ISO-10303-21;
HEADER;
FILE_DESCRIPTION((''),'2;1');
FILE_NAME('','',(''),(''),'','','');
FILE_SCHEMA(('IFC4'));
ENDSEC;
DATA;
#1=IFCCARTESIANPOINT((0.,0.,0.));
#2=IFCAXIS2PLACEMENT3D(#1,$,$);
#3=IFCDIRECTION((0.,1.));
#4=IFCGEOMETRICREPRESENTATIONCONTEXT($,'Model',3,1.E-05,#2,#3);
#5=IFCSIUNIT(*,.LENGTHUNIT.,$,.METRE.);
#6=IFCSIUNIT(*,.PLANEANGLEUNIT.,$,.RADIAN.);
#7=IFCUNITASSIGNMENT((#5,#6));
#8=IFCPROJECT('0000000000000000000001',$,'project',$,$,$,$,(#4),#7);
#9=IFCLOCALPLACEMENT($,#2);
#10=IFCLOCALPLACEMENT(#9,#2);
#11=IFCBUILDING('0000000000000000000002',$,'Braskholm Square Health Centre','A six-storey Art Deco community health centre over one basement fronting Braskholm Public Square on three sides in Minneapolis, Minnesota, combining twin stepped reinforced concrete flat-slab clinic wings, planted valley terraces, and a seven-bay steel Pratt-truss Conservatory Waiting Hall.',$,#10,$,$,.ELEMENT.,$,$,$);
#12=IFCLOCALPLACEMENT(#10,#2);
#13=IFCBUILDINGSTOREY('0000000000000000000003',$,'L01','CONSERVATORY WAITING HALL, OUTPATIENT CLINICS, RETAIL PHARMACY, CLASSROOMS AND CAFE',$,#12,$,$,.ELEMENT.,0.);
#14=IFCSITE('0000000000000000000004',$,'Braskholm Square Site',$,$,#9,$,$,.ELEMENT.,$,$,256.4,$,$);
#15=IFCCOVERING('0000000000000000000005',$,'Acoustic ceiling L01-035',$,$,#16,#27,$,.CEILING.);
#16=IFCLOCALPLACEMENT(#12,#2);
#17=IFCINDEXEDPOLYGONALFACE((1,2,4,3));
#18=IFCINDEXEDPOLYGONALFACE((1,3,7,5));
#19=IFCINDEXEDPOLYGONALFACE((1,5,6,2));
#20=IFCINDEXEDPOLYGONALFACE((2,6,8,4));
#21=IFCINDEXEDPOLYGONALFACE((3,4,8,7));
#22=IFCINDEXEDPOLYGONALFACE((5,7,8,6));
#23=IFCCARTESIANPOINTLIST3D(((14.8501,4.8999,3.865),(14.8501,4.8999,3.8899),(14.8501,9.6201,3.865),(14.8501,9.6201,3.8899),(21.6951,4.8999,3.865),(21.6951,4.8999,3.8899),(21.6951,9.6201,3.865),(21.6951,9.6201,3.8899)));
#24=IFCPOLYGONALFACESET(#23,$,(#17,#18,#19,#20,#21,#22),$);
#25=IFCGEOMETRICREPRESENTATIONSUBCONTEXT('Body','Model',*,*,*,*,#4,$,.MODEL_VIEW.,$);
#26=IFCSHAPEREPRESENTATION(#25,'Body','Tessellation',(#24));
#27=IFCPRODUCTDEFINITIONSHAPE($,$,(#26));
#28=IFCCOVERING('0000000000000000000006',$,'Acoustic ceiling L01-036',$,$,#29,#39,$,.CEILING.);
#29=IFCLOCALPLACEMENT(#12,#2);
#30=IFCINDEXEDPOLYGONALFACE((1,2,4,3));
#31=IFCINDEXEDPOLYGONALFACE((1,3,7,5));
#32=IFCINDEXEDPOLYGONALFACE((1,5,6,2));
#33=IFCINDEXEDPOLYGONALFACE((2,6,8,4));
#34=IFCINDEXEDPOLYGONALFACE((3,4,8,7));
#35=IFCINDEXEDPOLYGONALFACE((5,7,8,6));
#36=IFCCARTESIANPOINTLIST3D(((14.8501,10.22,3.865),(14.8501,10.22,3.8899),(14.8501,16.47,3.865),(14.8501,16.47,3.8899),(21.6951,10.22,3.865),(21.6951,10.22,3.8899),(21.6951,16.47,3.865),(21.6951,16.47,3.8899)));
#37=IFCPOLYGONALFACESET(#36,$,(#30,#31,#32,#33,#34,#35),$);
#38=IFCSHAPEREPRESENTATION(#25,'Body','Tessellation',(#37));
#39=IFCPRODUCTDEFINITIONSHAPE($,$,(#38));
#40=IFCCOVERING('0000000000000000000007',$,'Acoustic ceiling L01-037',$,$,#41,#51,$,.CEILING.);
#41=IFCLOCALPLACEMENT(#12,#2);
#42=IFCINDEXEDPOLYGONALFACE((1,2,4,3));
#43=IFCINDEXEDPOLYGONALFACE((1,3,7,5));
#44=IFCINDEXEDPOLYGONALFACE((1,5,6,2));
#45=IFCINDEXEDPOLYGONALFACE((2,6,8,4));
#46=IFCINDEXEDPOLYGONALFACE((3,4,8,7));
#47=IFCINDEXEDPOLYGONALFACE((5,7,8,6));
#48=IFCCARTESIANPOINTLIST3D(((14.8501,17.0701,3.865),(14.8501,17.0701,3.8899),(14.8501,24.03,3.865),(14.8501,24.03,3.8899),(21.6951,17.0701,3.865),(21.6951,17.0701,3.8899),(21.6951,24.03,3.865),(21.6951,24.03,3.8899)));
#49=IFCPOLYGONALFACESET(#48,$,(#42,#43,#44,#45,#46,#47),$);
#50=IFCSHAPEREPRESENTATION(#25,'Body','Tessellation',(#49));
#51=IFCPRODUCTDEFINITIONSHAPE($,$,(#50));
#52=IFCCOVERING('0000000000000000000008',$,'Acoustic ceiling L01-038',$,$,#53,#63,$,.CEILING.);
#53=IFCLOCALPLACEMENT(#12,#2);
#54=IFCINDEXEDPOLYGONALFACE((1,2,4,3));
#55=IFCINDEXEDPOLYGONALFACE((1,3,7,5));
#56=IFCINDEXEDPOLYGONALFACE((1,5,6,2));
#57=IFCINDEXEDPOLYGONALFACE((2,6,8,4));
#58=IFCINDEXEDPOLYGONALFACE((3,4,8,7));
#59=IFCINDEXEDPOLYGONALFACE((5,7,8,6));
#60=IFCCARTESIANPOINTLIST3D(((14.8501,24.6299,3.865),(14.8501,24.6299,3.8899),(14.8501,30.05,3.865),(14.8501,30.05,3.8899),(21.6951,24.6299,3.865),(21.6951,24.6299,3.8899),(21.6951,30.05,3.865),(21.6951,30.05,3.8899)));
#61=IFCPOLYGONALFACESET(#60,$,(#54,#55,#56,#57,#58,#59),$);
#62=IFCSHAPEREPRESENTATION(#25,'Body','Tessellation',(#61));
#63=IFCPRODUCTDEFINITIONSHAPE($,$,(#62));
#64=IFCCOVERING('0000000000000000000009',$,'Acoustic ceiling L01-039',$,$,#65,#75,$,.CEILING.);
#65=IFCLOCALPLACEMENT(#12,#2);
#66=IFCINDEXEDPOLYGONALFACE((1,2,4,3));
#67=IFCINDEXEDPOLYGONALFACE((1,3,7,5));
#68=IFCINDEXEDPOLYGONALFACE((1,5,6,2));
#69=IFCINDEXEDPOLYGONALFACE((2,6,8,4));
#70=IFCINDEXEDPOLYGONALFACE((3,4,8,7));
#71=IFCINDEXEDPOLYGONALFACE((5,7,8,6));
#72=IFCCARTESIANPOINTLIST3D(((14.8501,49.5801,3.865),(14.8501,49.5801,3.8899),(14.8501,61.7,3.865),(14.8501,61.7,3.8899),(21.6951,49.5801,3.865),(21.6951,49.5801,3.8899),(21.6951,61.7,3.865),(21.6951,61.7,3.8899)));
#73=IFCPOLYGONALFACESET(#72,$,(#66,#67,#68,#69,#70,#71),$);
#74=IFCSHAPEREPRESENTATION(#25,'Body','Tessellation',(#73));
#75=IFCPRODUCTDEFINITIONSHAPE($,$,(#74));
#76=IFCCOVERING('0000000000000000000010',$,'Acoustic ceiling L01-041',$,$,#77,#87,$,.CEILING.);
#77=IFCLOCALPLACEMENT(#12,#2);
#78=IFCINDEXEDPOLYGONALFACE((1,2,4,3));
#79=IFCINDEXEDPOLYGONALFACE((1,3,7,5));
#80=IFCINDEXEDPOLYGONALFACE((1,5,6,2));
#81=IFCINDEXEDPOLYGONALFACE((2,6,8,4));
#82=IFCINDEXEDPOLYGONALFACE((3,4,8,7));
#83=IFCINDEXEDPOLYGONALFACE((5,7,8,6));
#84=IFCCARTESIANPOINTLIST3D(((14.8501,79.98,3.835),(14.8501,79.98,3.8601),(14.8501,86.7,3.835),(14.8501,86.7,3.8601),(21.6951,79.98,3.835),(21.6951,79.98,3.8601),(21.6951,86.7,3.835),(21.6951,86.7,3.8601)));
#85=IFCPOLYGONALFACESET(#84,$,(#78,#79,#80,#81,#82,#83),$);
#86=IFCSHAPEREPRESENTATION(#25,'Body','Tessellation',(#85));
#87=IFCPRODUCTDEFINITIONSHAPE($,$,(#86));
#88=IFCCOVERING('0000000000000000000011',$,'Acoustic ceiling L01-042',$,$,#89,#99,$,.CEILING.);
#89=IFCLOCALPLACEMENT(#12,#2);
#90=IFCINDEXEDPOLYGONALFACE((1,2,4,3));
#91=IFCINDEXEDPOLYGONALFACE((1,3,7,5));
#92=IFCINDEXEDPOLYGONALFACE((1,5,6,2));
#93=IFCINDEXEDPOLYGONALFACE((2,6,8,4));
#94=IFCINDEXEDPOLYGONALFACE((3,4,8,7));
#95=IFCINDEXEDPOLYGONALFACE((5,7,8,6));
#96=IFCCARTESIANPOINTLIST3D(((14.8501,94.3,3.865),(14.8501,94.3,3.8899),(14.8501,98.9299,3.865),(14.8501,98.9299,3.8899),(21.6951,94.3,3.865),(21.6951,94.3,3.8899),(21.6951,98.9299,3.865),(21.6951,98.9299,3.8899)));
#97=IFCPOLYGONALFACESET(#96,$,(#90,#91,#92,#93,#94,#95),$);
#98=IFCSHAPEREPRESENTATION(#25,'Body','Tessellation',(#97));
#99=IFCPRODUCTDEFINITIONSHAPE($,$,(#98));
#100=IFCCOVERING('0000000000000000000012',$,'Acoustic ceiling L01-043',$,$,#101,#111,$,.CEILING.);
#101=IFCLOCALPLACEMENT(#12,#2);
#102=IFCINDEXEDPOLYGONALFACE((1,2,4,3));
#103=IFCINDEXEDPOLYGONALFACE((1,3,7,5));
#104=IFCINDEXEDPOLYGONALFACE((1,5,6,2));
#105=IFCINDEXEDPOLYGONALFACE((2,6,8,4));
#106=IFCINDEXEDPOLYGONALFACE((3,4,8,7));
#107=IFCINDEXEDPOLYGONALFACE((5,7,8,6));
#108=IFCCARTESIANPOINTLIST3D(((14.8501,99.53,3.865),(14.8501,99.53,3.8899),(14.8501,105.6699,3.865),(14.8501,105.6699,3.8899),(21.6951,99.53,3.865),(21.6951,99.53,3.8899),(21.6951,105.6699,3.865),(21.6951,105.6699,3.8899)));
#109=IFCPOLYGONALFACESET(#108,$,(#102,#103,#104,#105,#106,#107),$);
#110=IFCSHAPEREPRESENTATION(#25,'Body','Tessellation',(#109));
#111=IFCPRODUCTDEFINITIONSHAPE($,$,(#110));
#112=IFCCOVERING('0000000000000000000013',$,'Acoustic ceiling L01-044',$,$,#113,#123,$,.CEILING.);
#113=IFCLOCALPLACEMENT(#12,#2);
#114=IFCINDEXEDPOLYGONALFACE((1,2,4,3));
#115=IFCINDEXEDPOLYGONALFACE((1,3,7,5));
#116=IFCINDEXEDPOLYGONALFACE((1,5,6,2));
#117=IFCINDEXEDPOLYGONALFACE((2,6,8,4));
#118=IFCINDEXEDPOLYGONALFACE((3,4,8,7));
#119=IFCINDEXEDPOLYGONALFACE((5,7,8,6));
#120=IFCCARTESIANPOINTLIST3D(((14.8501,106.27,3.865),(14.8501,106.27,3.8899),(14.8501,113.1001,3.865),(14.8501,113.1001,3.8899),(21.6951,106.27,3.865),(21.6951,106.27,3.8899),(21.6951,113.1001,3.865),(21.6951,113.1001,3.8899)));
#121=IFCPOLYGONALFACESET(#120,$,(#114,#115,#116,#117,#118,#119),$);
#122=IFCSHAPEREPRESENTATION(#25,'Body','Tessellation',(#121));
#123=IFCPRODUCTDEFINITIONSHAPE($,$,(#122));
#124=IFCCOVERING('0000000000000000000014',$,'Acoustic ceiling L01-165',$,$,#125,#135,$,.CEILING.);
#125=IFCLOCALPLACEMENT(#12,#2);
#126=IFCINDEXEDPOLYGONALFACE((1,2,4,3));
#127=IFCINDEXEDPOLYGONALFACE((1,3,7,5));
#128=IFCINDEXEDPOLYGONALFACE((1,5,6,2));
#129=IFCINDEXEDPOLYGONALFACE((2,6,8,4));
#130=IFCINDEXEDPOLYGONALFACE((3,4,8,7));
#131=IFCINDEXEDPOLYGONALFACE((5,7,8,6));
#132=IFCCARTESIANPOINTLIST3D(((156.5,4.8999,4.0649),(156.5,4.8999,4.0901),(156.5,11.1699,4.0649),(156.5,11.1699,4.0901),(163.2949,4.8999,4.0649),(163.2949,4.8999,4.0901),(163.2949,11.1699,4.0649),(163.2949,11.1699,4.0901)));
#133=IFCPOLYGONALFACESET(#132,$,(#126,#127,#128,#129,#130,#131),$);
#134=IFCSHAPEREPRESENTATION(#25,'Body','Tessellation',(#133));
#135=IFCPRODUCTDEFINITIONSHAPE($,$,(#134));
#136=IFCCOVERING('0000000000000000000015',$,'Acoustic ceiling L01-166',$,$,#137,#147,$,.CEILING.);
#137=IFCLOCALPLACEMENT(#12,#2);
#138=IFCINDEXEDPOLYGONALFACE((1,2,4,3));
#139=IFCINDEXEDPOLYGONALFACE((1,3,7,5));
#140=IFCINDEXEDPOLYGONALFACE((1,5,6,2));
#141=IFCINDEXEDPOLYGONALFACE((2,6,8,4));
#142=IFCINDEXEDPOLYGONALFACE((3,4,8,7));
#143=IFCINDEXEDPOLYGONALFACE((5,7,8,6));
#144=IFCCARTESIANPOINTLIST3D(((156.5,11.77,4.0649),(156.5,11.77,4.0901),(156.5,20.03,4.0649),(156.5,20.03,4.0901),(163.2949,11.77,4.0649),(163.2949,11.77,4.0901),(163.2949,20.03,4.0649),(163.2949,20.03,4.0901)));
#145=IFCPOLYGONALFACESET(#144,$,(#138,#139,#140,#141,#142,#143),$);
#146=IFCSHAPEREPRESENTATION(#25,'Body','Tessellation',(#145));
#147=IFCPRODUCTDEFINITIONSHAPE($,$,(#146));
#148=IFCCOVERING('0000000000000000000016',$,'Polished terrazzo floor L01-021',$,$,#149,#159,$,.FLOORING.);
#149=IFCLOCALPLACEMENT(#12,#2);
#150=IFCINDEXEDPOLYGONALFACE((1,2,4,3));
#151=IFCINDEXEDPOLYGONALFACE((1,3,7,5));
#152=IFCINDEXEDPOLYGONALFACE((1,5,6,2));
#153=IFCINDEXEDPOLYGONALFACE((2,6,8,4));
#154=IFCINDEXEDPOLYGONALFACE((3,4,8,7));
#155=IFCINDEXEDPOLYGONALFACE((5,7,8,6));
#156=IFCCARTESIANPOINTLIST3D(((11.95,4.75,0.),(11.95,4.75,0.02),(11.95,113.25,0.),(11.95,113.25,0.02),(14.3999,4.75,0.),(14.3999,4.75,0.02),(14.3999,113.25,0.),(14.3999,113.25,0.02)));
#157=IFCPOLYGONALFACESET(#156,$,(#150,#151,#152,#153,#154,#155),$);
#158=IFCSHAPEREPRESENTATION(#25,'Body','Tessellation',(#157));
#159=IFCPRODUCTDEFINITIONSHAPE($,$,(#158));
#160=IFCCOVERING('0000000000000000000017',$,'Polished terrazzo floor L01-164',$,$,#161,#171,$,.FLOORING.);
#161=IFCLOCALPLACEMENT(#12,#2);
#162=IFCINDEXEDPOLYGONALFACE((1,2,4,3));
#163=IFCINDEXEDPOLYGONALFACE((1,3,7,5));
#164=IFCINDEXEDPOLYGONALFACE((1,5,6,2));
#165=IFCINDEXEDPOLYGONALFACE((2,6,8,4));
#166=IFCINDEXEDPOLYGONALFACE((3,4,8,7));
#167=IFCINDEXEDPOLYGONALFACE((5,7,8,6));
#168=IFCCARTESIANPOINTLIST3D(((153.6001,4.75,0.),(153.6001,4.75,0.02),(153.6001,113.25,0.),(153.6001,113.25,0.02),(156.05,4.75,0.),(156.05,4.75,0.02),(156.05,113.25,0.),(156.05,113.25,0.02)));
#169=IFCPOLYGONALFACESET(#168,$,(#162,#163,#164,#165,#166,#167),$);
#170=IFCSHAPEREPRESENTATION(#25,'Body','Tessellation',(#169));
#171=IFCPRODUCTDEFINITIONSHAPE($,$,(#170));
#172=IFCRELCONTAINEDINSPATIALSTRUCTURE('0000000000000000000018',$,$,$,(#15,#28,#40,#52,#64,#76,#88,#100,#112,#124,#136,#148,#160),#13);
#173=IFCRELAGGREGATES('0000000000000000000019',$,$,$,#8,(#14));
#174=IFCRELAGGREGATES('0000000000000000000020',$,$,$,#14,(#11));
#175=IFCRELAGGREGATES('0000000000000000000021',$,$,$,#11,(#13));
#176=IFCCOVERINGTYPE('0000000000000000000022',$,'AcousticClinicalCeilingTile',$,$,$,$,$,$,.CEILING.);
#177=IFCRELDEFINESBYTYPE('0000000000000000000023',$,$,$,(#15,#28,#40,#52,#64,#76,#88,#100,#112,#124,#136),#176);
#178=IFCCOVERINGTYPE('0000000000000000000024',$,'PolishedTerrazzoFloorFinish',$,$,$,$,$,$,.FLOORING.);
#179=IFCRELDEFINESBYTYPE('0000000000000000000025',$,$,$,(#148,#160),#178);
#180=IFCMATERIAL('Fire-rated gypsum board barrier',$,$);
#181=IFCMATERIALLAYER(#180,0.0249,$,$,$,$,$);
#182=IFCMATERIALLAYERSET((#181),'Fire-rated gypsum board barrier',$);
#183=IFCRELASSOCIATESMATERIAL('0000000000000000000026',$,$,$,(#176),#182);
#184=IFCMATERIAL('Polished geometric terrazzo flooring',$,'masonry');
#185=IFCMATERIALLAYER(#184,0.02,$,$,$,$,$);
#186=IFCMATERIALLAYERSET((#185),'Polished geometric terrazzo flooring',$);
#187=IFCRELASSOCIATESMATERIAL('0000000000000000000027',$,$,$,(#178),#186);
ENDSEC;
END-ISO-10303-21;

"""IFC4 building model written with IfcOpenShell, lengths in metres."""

from ifc_helpers import new_model, si_unit, direction, frame, origin, place, context, subcontext, project, spatial, polyline, outline, extrude, material, layer, layer_set, type_object, element, save


model = new_model("IFC4")

# Units and contexts
model_context = context("Model", 3, precision=1e-05, world=origin(), true_north=direction((0.0, 1.0)))
body_context = subcontext(model_context, "Body", "Model", "MODEL_VIEW")
ifc_project = project(units=[si_unit("LENGTHUNIT", "METRE"), si_unit("PLANEANGLEUNIT", "RADIAN")], contexts=[model_context])

# Site, building, storey
site_placement = place(None, origin())
site = spatial("IfcSite", under=ifc_project, at=site_placement, Name="Braskholm Square Site", CompositionType="ELEMENT", RefElevation=256.4)
building_placement = place(site_placement, origin())
building = spatial("IfcBuilding", under=site, at=building_placement, Name="Braskholm Square Health Centre", Description="A six-storey Art Deco community health centre over one basement fronting Braskholm Public Square on three sides in Minneapolis, Minnesota, combining twin stepped reinforced concrete flat-slab clinic wings, planted valley terraces, and a seven-bay steel Pratt-truss Conservatory Waiting Hall.", CompositionType="ELEMENT")
storey_placement = place(building_placement, origin())
storey = spatial("IfcBuildingStorey", under=building, at=storey_placement, Name="L01", Description="CONSERVATORY WAITING HALL, OUTPATIENT CLINICS, RETAIL PHARMACY, CLASSROOMS AND CAFE", CompositionType="ELEMENT", Elevation=0.0)

# Coverings
ifc_material_1 = material(Name="Fire-rated gypsum board barrier")
ifc_layer_1 = layer(ifc_material_1, 0.0249)
ifc_layer_set_1 = layer_set([ifc_layer_1], Name="Fire-rated gypsum board barrier")
covering_type_1 = type_object("IfcCoveringType", Name="AcousticClinicalCeilingTile", PredefinedType="CEILING", material=ifc_layer_set_1)
covering_1_placement = place(storey_placement, frame((0.0, 0.0, 3.865)))
element("IfcCovering", 1, at=covering_1_placement, inside=storey, type_object=covering_type_1, Name="Acoustic ceiling L01-035", PredefinedType="CEILING", context=body_context, shape_type="SweptSolid", body=[
    extrude(outline(polyline([(14.8501, 4.8999), (21.6951, 4.8999), (21.6951, 9.6201), (14.8501, 9.6201), (14.8501, 4.8999)])), origin(), (0.0, 0.0, 1.0), 0.0249),
])
covering_2_placement = place(storey_placement, frame((0.0, 0.0, 3.865)))
element("IfcCovering", 2, at=covering_2_placement, inside=storey, type_object=covering_type_1, Name="Acoustic ceiling L01-036", PredefinedType="CEILING", context=body_context, shape_type="SweptSolid", body=[
    extrude(outline(polyline([(14.8501, 10.22), (21.6951, 10.22), (21.6951, 16.47), (14.8501, 16.47), (14.8501, 10.22)])), origin(), (0.0, 0.0, 1.0), 0.0249),
])
covering_3_placement = place(storey_placement, frame((0.0, 0.0, 3.865)))
element("IfcCovering", 3, at=covering_3_placement, inside=storey, type_object=covering_type_1, Name="Acoustic ceiling L01-037", PredefinedType="CEILING", context=body_context, shape_type="SweptSolid", body=[
    extrude(outline(polyline([(14.8501, 17.0701), (21.6951, 17.0701), (21.6951, 24.03), (14.8501, 24.03), (14.8501, 17.0701)])), origin(), (0.0, 0.0, 1.0), 0.0249),
])
covering_4_placement = place(storey_placement, frame((0.0, 0.0, 3.865)))
element("IfcCovering", 4, at=covering_4_placement, inside=storey, type_object=covering_type_1, Name="Acoustic ceiling L01-038", PredefinedType="CEILING", context=body_context, shape_type="SweptSolid", body=[
    extrude(outline(polyline([(14.8501, 24.6299), (21.6951, 24.6299), (21.6951, 30.05), (14.8501, 30.05), (14.8501, 24.6299)])), origin(), (0.0, 0.0, 1.0), 0.0249),
])
covering_5_placement = place(storey_placement, frame((0.0, 0.0, 3.865)))
element("IfcCovering", 5, at=covering_5_placement, inside=storey, type_object=covering_type_1, Name="Acoustic ceiling L01-039", PredefinedType="CEILING", context=body_context, shape_type="SweptSolid", body=[
    extrude(outline(polyline([(14.8501, 49.5801), (21.6951, 49.5801), (21.6951, 61.7), (14.8501, 61.7), (14.8501, 49.5801)])), origin(), (0.0, 0.0, 1.0), 0.0249),
])
covering_6_placement = place(storey_placement, frame((0.0, 0.0, 3.835)))
element("IfcCovering", 6, at=covering_6_placement, inside=storey, type_object=covering_type_1, Name="Acoustic ceiling L01-041", PredefinedType="CEILING", context=body_context, shape_type="SweptSolid", body=[
    extrude(outline(polyline([(14.8501, 79.98), (21.6951, 79.98), (21.6951, 86.7), (14.8501, 86.7), (14.8501, 79.98)])), origin(), (0.0, 0.0, 1.0), 0.0251),
])
covering_7_placement = place(storey_placement, frame((0.0, 0.0, 3.865)))
element("IfcCovering", 7, at=covering_7_placement, inside=storey, type_object=covering_type_1, Name="Acoustic ceiling L01-042", PredefinedType="CEILING", context=body_context, shape_type="SweptSolid", body=[
    extrude(outline(polyline([(14.8501, 94.3), (21.6951, 94.3), (21.6951, 98.9299), (14.8501, 98.9299), (14.8501, 94.3)])), origin(), (0.0, 0.0, 1.0), 0.0249),
])
covering_8_placement = place(storey_placement, frame((0.0, 0.0, 3.865)))
element("IfcCovering", 8, at=covering_8_placement, inside=storey, type_object=covering_type_1, Name="Acoustic ceiling L01-043", PredefinedType="CEILING", context=body_context, shape_type="SweptSolid", body=[
    extrude(outline(polyline([(14.8501, 99.53), (21.6951, 99.53), (21.6951, 105.6699), (14.8501, 105.6699), (14.8501, 99.53)])), origin(), (0.0, 0.0, 1.0), 0.0249),
])
covering_9_placement = place(storey_placement, frame((0.0, 0.0, 3.865)))
element("IfcCovering", 9, at=covering_9_placement, inside=storey, type_object=covering_type_1, Name="Acoustic ceiling L01-044", PredefinedType="CEILING", context=body_context, shape_type="SweptSolid", body=[
    extrude(outline(polyline([(14.8501, 106.27), (21.6951, 106.27), (21.6951, 113.1001), (14.8501, 113.1001), (14.8501, 106.27)])), origin(), (0.0, 0.0, 1.0), 0.0249),
])
covering_10_placement = place(storey_placement, frame((0.0, 0.0, 4.0649)))
element("IfcCovering", 10, at=covering_10_placement, inside=storey, type_object=covering_type_1, Name="Acoustic ceiling L01-165", PredefinedType="CEILING", context=body_context, shape_type="SweptSolid", body=[
    extrude(outline(polyline([(156.5, 4.8999), (163.2949, 4.8999), (163.2949, 11.1699), (156.5, 11.1699), (156.5, 4.8999)])), origin(), (0.0, 0.0, 1.0), 0.0251),
])
covering_11_placement = place(storey_placement, frame((0.0, 0.0, 4.0649)))
element("IfcCovering", 11, at=covering_11_placement, inside=storey, type_object=covering_type_1, Name="Acoustic ceiling L01-166", PredefinedType="CEILING", context=body_context, shape_type="SweptSolid", body=[
    extrude(outline(polyline([(156.5, 11.77), (163.2949, 11.77), (163.2949, 20.03), (156.5, 20.03), (156.5, 11.77)])), origin(), (0.0, 0.0, 1.0), 0.0251),
])
ifc_material_2 = material(Name="Polished geometric terrazzo flooring", Category="masonry")
ifc_layer_2 = layer(ifc_material_2, 0.02)
ifc_layer_set_2 = layer_set([ifc_layer_2], Name="Polished geometric terrazzo flooring")
covering_type_2 = type_object("IfcCoveringType", Name="PolishedTerrazzoFloorFinish", PredefinedType="FLOORING", material=ifc_layer_set_2)
covering_12_placement = place(storey_placement, origin())
element("IfcCovering", 12, at=covering_12_placement, inside=storey, type_object=covering_type_2, Name="Polished terrazzo floor L01-021", PredefinedType="FLOORING", context=body_context, shape_type="SweptSolid", body=[
    extrude(outline(polyline([(11.95, 4.75), (14.3999, 4.75), (14.3999, 113.25), (11.95, 113.25), (11.95, 4.75)])), origin(), (0.0, 0.0, 1.0), 0.02),
])
covering_13_placement = place(storey_placement, origin())
element("IfcCovering", 13, at=covering_13_placement, inside=storey, type_object=covering_type_2, Name="Polished terrazzo floor L01-164", PredefinedType="FLOORING", context=body_context, shape_type="SweptSolid", body=[
    extrude(outline(polyline([(153.6001, 4.75), (156.05, 4.75), (156.05, 113.25), (153.6001, 113.25), (153.6001, 4.75)])), origin(), (0.0, 0.0, 1.0), 0.02),
])

save(model, "model.ifc")
